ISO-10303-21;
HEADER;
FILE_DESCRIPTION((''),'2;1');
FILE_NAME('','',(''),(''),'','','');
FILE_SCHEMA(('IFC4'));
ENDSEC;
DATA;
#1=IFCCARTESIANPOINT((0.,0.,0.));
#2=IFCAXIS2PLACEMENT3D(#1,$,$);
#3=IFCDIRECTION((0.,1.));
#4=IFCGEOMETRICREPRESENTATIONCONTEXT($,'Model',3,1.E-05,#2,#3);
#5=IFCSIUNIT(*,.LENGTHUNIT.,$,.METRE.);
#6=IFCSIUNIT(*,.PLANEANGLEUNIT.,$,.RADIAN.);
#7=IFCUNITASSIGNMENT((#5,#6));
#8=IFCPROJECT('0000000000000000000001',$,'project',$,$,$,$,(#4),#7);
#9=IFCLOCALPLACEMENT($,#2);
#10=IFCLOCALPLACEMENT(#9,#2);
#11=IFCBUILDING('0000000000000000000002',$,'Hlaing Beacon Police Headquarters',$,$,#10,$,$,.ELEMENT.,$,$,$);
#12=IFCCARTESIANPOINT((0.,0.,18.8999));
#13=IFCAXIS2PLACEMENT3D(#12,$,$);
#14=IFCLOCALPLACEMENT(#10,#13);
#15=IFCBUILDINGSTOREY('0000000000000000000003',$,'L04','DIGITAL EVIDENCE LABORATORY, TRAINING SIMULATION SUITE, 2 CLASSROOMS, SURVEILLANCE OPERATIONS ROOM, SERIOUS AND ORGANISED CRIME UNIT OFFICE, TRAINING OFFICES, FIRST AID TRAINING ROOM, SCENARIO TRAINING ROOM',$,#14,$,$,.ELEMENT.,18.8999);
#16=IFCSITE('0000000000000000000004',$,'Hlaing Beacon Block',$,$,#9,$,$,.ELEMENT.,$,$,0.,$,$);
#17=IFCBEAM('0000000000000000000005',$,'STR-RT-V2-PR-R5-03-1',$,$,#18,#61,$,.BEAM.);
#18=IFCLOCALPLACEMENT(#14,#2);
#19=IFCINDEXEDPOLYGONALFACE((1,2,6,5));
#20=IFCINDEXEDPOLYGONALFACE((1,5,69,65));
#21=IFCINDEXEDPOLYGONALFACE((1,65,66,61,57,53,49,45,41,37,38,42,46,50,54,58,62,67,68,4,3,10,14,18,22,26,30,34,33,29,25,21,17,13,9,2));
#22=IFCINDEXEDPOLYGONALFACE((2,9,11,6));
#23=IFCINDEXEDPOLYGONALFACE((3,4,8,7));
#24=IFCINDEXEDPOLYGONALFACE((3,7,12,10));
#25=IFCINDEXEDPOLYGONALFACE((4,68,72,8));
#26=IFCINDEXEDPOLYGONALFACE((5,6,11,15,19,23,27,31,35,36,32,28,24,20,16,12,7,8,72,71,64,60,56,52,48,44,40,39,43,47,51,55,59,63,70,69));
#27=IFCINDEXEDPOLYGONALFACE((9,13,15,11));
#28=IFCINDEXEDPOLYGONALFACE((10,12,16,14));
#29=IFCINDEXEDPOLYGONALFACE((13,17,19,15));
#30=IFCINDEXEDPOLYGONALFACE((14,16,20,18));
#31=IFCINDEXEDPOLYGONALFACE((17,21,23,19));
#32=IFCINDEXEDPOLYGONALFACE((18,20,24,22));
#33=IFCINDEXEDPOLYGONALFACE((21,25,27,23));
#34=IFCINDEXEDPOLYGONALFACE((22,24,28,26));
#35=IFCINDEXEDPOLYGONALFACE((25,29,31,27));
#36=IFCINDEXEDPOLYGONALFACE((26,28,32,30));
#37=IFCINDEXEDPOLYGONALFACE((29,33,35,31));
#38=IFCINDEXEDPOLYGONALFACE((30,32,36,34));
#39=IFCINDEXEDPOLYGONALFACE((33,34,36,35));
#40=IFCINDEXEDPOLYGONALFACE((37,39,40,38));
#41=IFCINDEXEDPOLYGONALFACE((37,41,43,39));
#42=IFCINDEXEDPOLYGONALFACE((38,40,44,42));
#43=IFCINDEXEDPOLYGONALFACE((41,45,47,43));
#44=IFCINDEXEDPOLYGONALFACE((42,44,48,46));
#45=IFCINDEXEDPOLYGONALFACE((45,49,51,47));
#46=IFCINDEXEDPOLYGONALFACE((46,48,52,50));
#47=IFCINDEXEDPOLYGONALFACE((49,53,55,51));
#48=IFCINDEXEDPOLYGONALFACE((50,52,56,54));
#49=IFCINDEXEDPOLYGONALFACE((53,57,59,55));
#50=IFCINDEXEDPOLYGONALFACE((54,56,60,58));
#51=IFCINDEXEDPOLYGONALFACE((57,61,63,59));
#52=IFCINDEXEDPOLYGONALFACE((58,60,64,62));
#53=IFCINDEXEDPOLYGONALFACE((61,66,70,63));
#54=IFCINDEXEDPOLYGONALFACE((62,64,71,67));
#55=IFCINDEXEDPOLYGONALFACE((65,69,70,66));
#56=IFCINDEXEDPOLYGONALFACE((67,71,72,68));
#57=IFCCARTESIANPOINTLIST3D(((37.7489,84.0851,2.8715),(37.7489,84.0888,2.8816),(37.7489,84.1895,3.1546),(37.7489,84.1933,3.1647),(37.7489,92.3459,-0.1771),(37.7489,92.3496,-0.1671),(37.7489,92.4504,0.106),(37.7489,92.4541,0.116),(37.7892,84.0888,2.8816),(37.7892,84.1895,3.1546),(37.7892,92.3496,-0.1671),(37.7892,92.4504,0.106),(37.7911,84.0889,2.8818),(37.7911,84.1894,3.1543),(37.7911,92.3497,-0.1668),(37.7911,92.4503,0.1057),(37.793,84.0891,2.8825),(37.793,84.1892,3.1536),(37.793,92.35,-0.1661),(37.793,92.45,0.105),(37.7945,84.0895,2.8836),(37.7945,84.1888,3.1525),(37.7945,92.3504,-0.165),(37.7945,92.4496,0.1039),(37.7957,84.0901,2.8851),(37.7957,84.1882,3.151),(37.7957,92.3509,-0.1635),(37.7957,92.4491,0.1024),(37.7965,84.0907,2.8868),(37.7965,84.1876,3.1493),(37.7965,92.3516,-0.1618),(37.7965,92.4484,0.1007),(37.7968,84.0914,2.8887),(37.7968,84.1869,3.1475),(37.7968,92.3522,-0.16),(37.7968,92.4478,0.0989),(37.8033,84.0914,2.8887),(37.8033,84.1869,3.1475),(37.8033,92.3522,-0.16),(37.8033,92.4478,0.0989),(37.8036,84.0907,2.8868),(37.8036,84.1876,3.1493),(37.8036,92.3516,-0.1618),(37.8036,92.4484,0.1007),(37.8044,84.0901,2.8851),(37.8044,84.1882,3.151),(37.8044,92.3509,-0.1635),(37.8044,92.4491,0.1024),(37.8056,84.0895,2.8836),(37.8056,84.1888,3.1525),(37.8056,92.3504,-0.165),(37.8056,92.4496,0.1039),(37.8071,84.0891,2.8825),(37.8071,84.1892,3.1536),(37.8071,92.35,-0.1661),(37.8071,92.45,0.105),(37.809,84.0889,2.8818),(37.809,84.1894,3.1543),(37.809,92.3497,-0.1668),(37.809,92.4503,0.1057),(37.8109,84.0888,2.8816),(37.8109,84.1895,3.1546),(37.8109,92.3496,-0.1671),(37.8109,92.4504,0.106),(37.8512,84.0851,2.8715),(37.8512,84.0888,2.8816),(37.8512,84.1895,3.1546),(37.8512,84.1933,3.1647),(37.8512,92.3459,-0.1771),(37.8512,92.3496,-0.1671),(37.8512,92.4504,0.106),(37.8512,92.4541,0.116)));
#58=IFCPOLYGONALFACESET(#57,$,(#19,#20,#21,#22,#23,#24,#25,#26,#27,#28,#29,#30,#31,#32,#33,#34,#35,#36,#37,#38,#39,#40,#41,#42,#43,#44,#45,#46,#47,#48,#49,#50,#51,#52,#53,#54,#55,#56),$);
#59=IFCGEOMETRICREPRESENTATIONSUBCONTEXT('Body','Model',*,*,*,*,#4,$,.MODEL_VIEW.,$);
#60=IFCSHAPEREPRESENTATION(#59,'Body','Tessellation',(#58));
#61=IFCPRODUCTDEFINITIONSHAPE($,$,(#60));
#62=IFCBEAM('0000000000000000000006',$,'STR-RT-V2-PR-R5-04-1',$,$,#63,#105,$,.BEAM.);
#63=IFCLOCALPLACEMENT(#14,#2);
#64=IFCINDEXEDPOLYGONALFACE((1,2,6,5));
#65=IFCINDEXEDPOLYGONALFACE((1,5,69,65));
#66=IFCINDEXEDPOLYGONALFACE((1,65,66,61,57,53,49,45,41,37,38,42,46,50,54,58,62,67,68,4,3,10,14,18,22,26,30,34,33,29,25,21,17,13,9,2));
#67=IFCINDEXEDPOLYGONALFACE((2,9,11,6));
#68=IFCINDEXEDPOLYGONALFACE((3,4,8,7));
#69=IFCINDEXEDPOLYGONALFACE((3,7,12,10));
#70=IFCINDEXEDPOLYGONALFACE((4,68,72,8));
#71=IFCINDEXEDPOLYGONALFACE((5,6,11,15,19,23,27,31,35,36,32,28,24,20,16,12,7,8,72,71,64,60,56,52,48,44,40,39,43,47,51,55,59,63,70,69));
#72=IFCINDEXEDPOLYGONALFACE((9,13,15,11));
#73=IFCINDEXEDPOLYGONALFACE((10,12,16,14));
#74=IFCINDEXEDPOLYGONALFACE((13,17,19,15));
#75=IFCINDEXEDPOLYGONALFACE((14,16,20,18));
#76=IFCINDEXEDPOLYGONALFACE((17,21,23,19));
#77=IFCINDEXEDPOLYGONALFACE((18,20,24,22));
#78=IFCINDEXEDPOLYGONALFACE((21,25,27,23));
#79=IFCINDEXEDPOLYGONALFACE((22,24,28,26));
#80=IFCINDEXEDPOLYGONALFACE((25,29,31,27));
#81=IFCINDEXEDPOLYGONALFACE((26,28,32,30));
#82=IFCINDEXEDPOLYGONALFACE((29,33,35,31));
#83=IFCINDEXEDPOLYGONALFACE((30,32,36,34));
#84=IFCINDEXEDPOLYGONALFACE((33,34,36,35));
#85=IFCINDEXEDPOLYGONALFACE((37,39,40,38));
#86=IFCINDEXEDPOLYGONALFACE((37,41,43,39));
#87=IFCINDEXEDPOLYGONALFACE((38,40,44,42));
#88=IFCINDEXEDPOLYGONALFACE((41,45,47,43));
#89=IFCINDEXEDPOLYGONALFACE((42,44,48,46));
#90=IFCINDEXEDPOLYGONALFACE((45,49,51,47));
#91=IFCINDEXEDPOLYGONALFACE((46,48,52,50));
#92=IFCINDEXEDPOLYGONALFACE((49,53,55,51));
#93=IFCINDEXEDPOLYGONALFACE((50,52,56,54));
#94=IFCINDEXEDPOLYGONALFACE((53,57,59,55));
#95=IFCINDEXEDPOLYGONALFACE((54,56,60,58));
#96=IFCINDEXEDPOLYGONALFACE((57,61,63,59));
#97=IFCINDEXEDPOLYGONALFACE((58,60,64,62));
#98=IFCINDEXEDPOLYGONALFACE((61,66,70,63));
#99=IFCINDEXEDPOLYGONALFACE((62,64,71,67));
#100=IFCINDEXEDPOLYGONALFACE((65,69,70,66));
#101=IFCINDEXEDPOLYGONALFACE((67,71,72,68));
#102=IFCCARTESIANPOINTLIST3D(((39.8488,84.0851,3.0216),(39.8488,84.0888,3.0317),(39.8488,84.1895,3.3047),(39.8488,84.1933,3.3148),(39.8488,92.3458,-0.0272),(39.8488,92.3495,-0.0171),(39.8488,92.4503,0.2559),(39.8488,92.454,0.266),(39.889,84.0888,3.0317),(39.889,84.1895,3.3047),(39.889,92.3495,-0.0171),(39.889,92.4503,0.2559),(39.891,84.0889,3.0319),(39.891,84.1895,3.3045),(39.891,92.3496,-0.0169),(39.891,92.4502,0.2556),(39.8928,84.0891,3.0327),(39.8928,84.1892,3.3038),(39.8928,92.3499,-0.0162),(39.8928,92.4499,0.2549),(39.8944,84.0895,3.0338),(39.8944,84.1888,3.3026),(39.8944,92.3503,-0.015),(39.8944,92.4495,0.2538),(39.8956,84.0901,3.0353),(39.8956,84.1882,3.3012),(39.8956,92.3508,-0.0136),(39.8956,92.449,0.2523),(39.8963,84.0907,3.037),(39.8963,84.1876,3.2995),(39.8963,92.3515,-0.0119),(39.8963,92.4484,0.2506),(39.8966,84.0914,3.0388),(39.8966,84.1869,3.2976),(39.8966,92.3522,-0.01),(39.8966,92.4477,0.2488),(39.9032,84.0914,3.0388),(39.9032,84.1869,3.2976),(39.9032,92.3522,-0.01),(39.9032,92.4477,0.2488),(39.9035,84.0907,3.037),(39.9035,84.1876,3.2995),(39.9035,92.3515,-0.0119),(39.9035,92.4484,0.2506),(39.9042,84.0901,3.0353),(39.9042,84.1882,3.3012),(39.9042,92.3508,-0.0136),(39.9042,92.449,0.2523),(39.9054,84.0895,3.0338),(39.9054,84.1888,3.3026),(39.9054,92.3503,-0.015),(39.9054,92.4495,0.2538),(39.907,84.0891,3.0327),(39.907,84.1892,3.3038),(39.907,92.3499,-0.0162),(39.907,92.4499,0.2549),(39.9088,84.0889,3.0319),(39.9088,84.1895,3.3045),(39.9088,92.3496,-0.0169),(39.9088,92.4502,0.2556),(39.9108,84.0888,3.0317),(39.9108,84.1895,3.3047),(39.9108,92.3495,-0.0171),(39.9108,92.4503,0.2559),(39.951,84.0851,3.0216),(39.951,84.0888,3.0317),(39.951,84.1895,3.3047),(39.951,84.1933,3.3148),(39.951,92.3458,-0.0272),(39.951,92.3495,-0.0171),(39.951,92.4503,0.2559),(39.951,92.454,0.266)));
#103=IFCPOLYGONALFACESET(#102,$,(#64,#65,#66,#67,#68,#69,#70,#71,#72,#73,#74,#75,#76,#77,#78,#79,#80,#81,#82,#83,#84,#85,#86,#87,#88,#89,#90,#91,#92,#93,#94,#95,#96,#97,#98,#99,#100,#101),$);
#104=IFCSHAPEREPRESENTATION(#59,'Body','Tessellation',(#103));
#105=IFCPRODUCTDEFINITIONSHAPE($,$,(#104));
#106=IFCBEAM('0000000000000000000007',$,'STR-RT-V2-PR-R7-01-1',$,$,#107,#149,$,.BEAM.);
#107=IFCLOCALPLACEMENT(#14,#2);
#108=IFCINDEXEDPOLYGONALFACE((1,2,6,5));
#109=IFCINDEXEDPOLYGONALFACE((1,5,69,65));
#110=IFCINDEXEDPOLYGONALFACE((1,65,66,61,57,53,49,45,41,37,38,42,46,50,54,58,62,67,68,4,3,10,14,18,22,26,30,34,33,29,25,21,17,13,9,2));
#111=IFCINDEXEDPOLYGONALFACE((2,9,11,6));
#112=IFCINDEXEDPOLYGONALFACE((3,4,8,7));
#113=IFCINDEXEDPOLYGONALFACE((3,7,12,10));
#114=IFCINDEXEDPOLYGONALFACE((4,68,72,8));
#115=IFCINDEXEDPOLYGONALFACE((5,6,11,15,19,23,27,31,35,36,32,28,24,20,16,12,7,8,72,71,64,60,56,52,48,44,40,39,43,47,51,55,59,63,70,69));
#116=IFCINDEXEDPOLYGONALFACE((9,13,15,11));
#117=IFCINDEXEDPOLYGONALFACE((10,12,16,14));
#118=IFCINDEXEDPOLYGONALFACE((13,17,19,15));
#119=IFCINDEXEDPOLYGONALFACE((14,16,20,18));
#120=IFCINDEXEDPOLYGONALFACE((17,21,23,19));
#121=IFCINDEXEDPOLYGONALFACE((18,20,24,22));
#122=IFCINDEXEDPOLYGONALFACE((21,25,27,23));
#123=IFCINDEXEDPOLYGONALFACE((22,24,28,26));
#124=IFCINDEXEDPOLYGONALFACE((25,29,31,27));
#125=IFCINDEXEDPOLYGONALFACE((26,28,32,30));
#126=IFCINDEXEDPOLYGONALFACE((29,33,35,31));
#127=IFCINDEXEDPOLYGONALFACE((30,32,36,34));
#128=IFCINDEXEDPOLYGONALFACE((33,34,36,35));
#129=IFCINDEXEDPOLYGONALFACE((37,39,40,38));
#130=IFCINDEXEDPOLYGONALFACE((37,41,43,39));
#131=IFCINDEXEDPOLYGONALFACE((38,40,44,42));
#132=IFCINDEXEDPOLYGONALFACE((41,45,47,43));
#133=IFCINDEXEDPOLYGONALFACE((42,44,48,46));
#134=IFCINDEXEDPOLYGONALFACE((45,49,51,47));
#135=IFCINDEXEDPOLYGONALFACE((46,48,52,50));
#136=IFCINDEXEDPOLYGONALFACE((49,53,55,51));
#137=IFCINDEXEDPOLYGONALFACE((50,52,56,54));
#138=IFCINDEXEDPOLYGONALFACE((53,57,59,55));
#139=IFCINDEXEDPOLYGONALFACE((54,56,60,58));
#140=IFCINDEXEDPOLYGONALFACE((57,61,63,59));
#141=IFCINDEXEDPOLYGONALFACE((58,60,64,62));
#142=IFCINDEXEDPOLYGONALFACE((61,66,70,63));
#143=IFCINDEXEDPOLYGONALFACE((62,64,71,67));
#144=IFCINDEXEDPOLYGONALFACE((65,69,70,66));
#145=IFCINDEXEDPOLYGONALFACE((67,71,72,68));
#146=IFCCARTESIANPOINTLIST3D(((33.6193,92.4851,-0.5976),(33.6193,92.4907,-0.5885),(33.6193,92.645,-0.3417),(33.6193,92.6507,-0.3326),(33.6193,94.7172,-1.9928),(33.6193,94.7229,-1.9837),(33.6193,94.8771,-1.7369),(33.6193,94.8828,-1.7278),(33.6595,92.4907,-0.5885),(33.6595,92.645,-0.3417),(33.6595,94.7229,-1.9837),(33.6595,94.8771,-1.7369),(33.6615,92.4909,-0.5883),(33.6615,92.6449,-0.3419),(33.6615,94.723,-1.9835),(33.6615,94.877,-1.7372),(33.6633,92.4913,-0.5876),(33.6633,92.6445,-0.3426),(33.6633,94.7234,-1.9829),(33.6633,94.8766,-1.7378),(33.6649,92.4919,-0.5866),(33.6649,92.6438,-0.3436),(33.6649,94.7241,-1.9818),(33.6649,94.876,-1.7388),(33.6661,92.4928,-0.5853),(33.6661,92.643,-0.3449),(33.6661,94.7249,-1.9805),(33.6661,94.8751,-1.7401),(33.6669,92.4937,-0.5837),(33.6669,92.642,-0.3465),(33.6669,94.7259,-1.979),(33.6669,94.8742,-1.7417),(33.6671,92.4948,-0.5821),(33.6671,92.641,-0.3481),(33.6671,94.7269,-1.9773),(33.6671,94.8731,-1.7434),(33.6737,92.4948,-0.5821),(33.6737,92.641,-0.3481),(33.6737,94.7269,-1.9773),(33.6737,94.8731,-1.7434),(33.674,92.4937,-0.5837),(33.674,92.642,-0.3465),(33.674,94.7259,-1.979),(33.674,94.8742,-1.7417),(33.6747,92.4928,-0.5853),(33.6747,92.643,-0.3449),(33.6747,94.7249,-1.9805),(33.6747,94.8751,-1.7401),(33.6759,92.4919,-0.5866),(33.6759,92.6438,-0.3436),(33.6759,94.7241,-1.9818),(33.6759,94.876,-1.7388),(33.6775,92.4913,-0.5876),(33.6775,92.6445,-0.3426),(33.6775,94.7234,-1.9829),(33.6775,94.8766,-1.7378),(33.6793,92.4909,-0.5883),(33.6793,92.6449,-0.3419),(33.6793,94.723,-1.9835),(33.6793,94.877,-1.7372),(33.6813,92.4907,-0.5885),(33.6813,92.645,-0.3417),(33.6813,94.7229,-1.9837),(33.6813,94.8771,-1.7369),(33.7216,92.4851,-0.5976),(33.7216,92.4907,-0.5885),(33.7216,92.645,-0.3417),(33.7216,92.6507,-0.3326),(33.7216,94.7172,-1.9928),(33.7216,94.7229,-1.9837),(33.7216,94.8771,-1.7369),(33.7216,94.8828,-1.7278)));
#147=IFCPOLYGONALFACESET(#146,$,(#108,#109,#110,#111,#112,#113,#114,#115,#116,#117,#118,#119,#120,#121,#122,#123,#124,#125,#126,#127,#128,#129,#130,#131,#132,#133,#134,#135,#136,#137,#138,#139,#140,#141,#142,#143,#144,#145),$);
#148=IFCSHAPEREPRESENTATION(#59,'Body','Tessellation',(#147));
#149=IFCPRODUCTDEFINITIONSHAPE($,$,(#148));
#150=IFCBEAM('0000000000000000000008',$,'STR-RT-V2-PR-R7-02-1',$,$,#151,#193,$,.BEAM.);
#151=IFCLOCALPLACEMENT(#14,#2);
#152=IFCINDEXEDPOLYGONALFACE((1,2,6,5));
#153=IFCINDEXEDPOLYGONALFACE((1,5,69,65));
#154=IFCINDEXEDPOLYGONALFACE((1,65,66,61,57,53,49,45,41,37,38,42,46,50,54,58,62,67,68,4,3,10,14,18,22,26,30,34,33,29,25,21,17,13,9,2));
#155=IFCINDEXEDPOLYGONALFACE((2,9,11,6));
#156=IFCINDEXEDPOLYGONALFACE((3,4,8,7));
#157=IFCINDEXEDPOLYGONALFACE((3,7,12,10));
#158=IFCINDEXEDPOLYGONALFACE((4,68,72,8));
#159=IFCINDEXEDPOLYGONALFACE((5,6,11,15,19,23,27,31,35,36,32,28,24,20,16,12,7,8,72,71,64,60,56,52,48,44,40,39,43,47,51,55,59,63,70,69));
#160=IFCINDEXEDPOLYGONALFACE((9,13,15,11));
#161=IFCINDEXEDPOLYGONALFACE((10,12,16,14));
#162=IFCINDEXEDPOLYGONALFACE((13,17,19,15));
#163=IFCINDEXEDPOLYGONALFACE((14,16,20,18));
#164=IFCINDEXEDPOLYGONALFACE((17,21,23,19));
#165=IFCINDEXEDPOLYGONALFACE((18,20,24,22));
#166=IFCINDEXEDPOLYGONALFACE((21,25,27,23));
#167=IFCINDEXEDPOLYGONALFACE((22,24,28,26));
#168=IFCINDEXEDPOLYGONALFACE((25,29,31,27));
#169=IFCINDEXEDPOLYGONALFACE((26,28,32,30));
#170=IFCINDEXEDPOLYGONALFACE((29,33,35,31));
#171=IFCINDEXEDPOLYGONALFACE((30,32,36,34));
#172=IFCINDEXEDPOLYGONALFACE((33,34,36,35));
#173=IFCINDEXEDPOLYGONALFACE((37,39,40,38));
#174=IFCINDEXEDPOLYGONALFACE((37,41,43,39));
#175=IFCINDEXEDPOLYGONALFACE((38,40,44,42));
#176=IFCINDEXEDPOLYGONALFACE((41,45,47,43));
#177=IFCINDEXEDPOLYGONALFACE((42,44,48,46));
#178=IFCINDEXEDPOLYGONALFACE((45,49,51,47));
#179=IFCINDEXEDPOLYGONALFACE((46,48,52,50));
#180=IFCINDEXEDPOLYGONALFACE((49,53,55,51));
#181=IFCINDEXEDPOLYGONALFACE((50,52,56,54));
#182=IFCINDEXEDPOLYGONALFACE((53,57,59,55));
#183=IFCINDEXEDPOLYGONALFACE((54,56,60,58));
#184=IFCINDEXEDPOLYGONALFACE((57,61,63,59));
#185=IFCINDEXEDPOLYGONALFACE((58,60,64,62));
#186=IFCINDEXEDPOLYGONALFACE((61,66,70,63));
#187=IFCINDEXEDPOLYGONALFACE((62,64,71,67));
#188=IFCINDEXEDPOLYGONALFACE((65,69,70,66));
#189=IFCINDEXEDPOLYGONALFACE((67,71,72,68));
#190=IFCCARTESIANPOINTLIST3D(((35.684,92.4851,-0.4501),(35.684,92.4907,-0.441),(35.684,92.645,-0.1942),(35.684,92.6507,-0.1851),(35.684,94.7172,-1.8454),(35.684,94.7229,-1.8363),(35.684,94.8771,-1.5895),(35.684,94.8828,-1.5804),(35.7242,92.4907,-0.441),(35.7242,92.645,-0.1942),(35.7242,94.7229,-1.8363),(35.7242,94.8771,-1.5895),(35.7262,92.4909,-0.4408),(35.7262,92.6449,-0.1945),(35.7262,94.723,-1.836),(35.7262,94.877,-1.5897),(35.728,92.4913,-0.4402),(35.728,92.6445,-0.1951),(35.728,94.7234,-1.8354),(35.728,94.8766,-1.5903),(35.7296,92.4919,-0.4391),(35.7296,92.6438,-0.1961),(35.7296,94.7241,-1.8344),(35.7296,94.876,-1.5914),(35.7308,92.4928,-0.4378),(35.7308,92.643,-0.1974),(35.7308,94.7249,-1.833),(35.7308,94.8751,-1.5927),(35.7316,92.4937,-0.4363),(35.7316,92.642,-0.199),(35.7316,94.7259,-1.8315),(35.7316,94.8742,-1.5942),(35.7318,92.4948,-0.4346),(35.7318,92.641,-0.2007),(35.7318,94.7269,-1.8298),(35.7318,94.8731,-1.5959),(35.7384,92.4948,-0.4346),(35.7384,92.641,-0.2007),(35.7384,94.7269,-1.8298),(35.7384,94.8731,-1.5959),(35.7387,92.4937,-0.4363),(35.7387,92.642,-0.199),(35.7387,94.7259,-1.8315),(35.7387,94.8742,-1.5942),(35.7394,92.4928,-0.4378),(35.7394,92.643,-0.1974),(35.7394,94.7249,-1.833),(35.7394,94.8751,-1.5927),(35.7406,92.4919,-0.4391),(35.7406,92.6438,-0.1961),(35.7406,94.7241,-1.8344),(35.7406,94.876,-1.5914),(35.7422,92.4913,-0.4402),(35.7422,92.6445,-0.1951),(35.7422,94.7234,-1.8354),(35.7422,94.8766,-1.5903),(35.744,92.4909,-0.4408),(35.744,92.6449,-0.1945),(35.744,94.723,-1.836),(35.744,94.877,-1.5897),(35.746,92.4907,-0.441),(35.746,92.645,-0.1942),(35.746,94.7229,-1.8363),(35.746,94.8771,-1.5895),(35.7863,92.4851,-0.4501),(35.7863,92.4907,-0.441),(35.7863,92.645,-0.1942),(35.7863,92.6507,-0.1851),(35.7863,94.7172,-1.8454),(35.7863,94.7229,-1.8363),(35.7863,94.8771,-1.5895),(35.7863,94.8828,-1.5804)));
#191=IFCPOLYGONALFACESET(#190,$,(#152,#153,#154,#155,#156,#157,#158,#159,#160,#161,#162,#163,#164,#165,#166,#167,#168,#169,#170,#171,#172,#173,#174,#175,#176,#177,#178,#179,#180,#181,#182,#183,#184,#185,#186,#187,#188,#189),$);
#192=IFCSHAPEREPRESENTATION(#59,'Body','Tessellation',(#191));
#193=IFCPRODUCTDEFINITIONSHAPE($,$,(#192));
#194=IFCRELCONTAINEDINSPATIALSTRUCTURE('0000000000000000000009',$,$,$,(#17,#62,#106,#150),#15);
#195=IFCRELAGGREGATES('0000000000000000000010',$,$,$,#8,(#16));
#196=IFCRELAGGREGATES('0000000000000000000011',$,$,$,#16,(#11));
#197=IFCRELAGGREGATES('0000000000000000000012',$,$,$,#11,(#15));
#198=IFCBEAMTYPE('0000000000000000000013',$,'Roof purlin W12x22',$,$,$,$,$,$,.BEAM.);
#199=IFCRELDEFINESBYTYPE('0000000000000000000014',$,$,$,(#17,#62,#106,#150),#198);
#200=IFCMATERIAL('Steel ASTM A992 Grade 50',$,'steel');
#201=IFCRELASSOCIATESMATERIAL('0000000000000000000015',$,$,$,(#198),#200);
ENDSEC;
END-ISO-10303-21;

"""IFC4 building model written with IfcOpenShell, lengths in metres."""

from ifc_helpers import new_model, si_unit, direction, frame, origin, origin_2d, place, context, subcontext, project, spatial, i_section, extrude, material, material_profile, profile_set, type_object, element, save


model = new_model("IFC4")

# Units and contexts
model_context = context("Model", 3, precision=1e-05, world=origin(), true_north=direction((0.0, 1.0)))
body_context = subcontext(model_context, "Body", "Model", "MODEL_VIEW")
ifc_project = project(units=[si_unit("LENGTHUNIT", "METRE"), si_unit("PLANEANGLEUNIT", "RADIAN")], contexts=[model_context])

# Site, building, storey
site_placement = place(None, origin())
site = spatial("IfcSite", under=ifc_project, at=site_placement, Name="Hlaing Beacon Block", CompositionType="ELEMENT", RefElevation=0.0)
building_placement = place(site_placement, origin())
building = spatial("IfcBuilding", under=site, at=building_placement, Name="Hlaing Beacon Police Headquarters", CompositionType="ELEMENT")
storey_placement = place(building_placement, frame((0.0, 0.0, 18.8999)))
storey = spatial("IfcBuildingStorey", under=building, at=storey_placement, Name="L04", Description="DIGITAL EVIDENCE LABORATORY, TRAINING SIMULATION SUITE, 2 CLASSROOMS, SURVEILLANCE OPERATIONS ROOM, SERIOUS AND ORGANISED CRIME UNIT OFFICE, TRAINING OFFICES, FIRST AID TRAINING ROOM, SCENARIO TRAINING ROOM", CompositionType="ELEMENT", Elevation=18.8999)

# Beams
ifc_material_1 = material(Name="Steel ASTM A992 Grade 50", Category="steel")
ifc_material_profile_1 = material_profile(ifc_material_1, i_section(OverallWidth=0.1023, OverallDepth=0.3125, WebThickness=0.0066, FlangeThickness=0.0107, FilletRadius=0.0076, at=origin_2d()), Name="W12x22")
ifc_profile_set_1 = profile_set([ifc_material_profile_1], Name="Steel ASTM A992 Grade 50")
beam_type_1 = type_object("IfcBeamType", Name="Roof purlin W12x22", PredefinedType="BEAM", material=ifc_profile_set_1)
for number, where, z_axis, x_axis, name in (
    (1, (37.8, 84.1392, 3.0181), (0.0, 0.938153, -0.346221), (-1.0, 0.0, 0.0), "STR-RT-V2-PR-R5-03-1"),
    (2, (39.8999, 84.1392, 3.1682), (0.0, 0.938144, -0.346245), (-1.0, 0.0, 0.0), "STR-RT-V2-PR-R5-04-1"),
):
    element("IfcBeam", number, at=place(storey_placement, frame(where, z_axis=z_axis, x_axis=x_axis)), inside=storey, type_object=beam_type_1, Name=name, PredefinedType="BEAM", context=body_context, shape_type="SweptSolid", body=[
        extrude(i_section(OverallWidth=0.1023, OverallDepth=0.3125, WebThickness=0.0066, FlangeThickness=0.0107, FilletRadius=0.0076, at=origin_2d()), origin(), (0.0, 0.0, 1.0), 8.8054),
    ])
for number, where, z_axis, x_axis, name in (
    (3, (33.6704, 92.5679, -0.4651), (0.0, 0.847972, -0.530041), (-1.0, 0.0, 0.0), "STR-RT-V2-PR-R7-01-1"),
    (4, (35.7351, 92.5679, -0.3176), (0.0, 0.847972, -0.530041), (-1.0, 0.0, 0.0), "STR-RT-V2-PR-R7-02-1"),
):
    element("IfcBeam", number, at=place(storey_placement, frame(where, z_axis=z_axis, x_axis=x_axis)), inside=storey, type_object=beam_type_1, Name=name, PredefinedType="BEAM", context=body_context, shape_type="SweptSolid", body=[
        extrude(i_section(OverallWidth=0.1023, OverallDepth=0.3125, WebThickness=0.0066, FlangeThickness=0.0107, FilletRadius=0.0076, at=origin_2d()), origin(), (0.0, 0.0, 1.0), 2.6323),
    ])

save(model, "model.ifc")
